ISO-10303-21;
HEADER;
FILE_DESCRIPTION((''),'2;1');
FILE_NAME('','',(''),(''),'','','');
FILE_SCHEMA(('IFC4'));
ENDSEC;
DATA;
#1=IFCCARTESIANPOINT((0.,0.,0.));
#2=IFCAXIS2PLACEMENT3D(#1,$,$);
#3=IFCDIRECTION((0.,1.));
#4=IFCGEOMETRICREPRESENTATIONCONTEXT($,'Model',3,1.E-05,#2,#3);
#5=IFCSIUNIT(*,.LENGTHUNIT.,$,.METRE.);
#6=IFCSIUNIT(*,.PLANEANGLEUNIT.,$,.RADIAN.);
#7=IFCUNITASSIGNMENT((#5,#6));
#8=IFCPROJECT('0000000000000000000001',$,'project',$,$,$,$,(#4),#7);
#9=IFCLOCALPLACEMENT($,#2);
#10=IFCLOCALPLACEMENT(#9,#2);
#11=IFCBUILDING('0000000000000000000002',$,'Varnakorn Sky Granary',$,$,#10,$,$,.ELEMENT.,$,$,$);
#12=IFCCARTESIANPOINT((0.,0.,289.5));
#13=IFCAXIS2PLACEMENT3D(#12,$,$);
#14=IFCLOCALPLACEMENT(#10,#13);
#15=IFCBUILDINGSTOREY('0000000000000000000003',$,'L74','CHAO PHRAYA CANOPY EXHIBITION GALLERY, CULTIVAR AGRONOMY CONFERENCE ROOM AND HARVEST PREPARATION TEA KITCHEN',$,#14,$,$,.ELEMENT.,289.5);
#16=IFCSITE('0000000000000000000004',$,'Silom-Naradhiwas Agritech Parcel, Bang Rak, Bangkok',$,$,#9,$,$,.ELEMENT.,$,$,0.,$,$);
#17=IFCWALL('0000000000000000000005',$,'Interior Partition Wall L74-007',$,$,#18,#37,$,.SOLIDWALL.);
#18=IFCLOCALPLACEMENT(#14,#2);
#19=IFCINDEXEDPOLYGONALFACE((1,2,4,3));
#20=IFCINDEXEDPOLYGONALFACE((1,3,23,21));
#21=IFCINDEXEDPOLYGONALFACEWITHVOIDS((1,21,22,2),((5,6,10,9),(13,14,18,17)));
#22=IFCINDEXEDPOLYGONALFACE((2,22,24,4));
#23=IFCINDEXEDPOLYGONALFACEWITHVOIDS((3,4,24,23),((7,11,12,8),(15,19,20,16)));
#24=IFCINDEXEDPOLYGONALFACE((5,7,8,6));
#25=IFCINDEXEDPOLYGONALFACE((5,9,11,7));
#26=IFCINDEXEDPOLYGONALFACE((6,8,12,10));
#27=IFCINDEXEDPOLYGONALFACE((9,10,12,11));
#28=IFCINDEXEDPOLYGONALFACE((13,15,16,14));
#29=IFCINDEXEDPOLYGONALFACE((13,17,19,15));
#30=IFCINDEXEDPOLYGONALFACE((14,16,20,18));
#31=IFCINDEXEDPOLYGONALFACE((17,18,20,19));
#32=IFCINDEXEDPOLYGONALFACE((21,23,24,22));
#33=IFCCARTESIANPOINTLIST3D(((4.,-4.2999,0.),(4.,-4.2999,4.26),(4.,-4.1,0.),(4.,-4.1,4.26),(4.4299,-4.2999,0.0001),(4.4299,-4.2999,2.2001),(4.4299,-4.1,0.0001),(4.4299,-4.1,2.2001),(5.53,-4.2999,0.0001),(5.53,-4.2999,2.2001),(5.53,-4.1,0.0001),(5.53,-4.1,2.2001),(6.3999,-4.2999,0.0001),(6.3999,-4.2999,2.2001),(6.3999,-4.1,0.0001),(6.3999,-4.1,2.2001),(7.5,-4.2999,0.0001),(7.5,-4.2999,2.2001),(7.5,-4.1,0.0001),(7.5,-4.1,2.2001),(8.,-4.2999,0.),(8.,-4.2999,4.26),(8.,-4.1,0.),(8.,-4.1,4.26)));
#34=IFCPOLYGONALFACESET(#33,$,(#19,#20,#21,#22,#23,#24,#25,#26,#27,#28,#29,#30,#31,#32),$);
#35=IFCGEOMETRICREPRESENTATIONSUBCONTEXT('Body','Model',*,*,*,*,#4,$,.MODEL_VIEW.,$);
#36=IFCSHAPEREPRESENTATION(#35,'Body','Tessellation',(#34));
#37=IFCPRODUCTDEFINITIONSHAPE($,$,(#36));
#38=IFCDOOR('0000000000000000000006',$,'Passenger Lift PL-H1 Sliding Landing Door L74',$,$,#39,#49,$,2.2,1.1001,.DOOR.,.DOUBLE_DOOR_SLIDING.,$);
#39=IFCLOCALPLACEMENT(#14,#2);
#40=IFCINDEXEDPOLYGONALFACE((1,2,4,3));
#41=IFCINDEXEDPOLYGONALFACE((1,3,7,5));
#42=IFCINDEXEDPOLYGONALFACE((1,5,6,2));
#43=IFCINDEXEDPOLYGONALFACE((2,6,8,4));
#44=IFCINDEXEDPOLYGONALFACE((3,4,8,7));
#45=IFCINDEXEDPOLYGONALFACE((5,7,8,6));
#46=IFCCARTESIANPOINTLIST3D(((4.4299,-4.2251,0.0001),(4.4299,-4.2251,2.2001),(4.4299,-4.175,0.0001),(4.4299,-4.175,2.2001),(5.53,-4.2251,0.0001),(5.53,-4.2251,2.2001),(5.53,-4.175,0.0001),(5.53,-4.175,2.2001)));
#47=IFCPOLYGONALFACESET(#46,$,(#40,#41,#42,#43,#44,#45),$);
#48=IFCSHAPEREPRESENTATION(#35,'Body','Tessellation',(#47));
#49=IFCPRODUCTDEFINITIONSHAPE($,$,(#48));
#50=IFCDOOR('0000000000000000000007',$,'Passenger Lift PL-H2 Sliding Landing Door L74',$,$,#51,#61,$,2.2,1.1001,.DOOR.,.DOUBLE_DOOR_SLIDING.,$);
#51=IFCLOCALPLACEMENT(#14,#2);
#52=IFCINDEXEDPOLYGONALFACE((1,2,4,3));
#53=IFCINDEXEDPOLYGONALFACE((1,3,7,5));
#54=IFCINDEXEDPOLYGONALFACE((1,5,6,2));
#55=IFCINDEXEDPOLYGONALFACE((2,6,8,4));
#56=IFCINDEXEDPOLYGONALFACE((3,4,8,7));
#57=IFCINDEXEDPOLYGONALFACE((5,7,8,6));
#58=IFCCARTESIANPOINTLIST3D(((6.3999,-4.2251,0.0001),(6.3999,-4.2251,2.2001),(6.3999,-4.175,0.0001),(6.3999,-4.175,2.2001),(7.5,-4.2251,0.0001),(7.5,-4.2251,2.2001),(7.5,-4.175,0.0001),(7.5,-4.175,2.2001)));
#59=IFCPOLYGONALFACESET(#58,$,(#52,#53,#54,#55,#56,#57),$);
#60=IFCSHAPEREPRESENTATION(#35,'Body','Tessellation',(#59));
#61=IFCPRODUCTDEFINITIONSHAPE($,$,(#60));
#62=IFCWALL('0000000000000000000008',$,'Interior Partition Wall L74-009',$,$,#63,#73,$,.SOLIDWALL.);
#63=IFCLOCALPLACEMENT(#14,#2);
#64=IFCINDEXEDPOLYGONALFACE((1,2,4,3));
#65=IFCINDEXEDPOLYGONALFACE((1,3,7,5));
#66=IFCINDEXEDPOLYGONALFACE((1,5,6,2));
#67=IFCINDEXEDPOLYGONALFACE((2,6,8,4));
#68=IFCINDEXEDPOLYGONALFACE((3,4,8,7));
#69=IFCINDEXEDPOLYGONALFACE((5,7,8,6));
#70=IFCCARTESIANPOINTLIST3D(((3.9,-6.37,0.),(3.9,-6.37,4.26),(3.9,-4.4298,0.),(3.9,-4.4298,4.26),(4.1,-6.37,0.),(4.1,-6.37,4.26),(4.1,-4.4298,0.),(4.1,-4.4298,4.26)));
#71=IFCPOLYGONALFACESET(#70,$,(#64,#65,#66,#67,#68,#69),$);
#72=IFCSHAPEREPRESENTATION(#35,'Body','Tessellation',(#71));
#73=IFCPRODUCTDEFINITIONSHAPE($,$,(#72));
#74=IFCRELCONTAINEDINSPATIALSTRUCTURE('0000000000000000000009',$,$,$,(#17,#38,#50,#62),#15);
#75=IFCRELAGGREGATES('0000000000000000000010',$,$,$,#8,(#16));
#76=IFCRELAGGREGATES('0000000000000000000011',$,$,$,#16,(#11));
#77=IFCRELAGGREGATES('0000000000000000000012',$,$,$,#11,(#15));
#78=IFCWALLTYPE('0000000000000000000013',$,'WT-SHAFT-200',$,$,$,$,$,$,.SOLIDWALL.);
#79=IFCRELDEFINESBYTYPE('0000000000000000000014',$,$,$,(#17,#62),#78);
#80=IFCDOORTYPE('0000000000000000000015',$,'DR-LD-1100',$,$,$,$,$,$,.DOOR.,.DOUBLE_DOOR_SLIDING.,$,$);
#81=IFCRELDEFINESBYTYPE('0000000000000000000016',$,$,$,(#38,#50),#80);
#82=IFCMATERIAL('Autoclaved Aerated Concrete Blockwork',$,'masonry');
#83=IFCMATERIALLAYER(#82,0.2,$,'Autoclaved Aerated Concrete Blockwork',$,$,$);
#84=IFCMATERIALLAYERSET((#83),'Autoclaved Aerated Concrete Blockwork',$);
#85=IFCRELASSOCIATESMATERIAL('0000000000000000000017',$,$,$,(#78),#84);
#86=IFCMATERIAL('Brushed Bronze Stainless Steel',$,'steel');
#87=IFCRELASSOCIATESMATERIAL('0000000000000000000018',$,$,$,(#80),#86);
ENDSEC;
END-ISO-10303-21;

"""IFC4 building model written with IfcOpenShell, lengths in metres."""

from ifc_helpers import new_model, si_unit, direction, frame, frame_2d, origin, place, context, subcontext, project, spatial, rectangle, extrude, material, layer, layer_set, type_object, element, fill, save


model = new_model("IFC4")

# Units and contexts
model_context = context("Model", 3, precision=1e-05, world=origin(), true_north=direction((0.0, 1.0)))
body_context = subcontext(model_context, "Body", "Model", "MODEL_VIEW")
ifc_project = project(units=[si_unit("LENGTHUNIT", "METRE"), si_unit("PLANEANGLEUNIT", "RADIAN")], contexts=[model_context])

# Site, building, storey
site_placement = place(None, origin())
site = spatial("IfcSite", under=ifc_project, at=site_placement, Name="Silom-Naradhiwas Agritech Parcel, Bang Rak, Bangkok", CompositionType="ELEMENT", RefElevation=0.0)
building_placement = place(site_placement, origin())
building = spatial("IfcBuilding", under=site, at=building_placement, Name="Varnakorn Sky Granary", CompositionType="ELEMENT")
storey_placement = place(building_placement, frame((0.0, 0.0, 289.5)))
storey = spatial("IfcBuildingStorey", under=building, at=storey_placement, Name="L74", Description="CHAO PHRAYA CANOPY EXHIBITION GALLERY, CULTIVAR AGRONOMY CONFERENCE ROOM AND HARVEST PREPARATION TEA KITCHEN", CompositionType="ELEMENT", Elevation=289.5)

# Shared definitions
ifc_material_1 = material(Name="Autoclaved Aerated Concrete Blockwork", Category="masonry")

# Shared definitions
ifc_layer_1 = layer(ifc_material_1, 0.2, Name="Autoclaved Aerated Concrete Blockwork")
ifc_layer_set_1 = layer_set([ifc_layer_1], Name="Autoclaved Aerated Concrete Blockwork")
wall_type_1 = type_object("IfcWallType", Name="WT-SHAFT-200", PredefinedType="SOLIDWALL", material=ifc_layer_set_1)
ifc_material_2 = material(Name="Brushed Bronze Stainless Steel", Category="steel")

# Wall, openings, doors
wall_1_placement = place(storey_placement, frame((4.0, -4.2, 0.0), z_axis=(0.0, 0.0, 1.0), x_axis=(1.0, 0.0, 0.0)))
wall_1 = element("IfcWall", 1, at=wall_1_placement, inside=storey, type_object=wall_type_1, Name="Interior Partition Wall L74-007", PredefinedType="SOLIDWALL", context=body_context, shape_type="SweptSolid", body=[
    extrude(rectangle(XDim=4.0, YDim=0.2, at=frame_2d((2.0, 0.0))), origin(), (0.0, 0.0, 1.0), 4.26),
])
opening_1_placement = place(wall_1_placement, frame((0.4299, 0.0, 0.0)))
opening_1 = element("IfcOpeningElement", 2, at=opening_1_placement, cuts=wall_1, PredefinedType="OPENING", context=body_context, shape_type="SweptSolid", body=[
    extrude(rectangle(XDim=1.1001, YDim=2.2, at=frame_2d((0.55, 1.1001))), frame((0.0, 0.1099, 0.0), z_axis=(0.0, -1.0, 0.0), x_axis=(1.0, 0.0, 0.0)), (0.0, 0.0, 1.0), 0.22),
])
opening_2_placement = place(wall_1_placement, frame((2.3999, 0.0, 0.0)))
opening_2 = element("IfcOpeningElement", 3, at=opening_2_placement, cuts=wall_1, PredefinedType="OPENING", context=body_context, shape_type="SweptSolid", body=[
    extrude(rectangle(XDim=1.1001, YDim=2.2, at=frame_2d((0.55, 1.1001))), frame((0.0, 0.1099, 0.0), z_axis=(0.0, -1.0, 0.0), x_axis=(1.0, 0.0, 0.0)), (0.0, 0.0, 1.0), 0.22),
])
door_type_1 = type_object("IfcDoorType", Name="DR-LD-1100", OperationType="DOUBLE_DOOR_SLIDING", PredefinedType="DOOR", material=ifc_material_2)
door_1_placement = place(opening_1_placement, origin())
door_1 = element("IfcDoor", 4, at=door_1_placement, inside=storey, type_object=door_type_1, Name="Passenger Lift PL-H1 Sliding Landing Door L74", OperationType="DOUBLE_DOOR_SLIDING", OverallHeight=2.2, OverallWidth=1.1001, PredefinedType="DOOR", context=body_context, shape_type="SweptSolid", body=[
    extrude(rectangle(XDim=1.1001, YDim=2.2, at=frame_2d((0.55, 1.1001))), frame((0.0, 0.0249, 0.0), z_axis=(0.0, -1.0, 0.0), x_axis=(1.0, 0.0, 0.0)), (0.0, 0.0, 1.0), 0.05),
])
fill(opening_1, door_1)
door_2_placement = place(opening_2_placement, origin())
door_2 = element("IfcDoor", 5, at=door_2_placement, inside=storey, type_object=door_type_1, Name="Passenger Lift PL-H2 Sliding Landing Door L74", OperationType="DOUBLE_DOOR_SLIDING", OverallHeight=2.2, OverallWidth=1.1001, PredefinedType="DOOR", context=body_context, shape_type="SweptSolid", body=[
    extrude(rectangle(XDim=1.1001, YDim=2.2, at=frame_2d((0.55, 1.1001))), frame((0.0, 0.0249, 0.0), z_axis=(0.0, -1.0, 0.0), x_axis=(1.0, 0.0, 0.0)), (0.0, 0.0, 1.0), 0.05),
])
fill(opening_2, door_2)

# Wall
wall_2_placement = place(storey_placement, frame((4.0, -6.3701, 0.0), z_axis=(0.0, 0.0, 1.0), x_axis=(0.0, 1.0, 0.0)))
element("IfcWall", 6, at=wall_2_placement, inside=storey, type_object=wall_type_1, Name="Interior Partition Wall L74-009", PredefinedType="SOLIDWALL", context=body_context, shape_type="SweptSolid", body=[
    extrude(rectangle(XDim=1.9402, YDim=0.2, at=frame_2d((0.9702, 0.0))), origin(), (0.0, 0.0, 1.0), 4.26),
])

save(model, "model.ifc")
